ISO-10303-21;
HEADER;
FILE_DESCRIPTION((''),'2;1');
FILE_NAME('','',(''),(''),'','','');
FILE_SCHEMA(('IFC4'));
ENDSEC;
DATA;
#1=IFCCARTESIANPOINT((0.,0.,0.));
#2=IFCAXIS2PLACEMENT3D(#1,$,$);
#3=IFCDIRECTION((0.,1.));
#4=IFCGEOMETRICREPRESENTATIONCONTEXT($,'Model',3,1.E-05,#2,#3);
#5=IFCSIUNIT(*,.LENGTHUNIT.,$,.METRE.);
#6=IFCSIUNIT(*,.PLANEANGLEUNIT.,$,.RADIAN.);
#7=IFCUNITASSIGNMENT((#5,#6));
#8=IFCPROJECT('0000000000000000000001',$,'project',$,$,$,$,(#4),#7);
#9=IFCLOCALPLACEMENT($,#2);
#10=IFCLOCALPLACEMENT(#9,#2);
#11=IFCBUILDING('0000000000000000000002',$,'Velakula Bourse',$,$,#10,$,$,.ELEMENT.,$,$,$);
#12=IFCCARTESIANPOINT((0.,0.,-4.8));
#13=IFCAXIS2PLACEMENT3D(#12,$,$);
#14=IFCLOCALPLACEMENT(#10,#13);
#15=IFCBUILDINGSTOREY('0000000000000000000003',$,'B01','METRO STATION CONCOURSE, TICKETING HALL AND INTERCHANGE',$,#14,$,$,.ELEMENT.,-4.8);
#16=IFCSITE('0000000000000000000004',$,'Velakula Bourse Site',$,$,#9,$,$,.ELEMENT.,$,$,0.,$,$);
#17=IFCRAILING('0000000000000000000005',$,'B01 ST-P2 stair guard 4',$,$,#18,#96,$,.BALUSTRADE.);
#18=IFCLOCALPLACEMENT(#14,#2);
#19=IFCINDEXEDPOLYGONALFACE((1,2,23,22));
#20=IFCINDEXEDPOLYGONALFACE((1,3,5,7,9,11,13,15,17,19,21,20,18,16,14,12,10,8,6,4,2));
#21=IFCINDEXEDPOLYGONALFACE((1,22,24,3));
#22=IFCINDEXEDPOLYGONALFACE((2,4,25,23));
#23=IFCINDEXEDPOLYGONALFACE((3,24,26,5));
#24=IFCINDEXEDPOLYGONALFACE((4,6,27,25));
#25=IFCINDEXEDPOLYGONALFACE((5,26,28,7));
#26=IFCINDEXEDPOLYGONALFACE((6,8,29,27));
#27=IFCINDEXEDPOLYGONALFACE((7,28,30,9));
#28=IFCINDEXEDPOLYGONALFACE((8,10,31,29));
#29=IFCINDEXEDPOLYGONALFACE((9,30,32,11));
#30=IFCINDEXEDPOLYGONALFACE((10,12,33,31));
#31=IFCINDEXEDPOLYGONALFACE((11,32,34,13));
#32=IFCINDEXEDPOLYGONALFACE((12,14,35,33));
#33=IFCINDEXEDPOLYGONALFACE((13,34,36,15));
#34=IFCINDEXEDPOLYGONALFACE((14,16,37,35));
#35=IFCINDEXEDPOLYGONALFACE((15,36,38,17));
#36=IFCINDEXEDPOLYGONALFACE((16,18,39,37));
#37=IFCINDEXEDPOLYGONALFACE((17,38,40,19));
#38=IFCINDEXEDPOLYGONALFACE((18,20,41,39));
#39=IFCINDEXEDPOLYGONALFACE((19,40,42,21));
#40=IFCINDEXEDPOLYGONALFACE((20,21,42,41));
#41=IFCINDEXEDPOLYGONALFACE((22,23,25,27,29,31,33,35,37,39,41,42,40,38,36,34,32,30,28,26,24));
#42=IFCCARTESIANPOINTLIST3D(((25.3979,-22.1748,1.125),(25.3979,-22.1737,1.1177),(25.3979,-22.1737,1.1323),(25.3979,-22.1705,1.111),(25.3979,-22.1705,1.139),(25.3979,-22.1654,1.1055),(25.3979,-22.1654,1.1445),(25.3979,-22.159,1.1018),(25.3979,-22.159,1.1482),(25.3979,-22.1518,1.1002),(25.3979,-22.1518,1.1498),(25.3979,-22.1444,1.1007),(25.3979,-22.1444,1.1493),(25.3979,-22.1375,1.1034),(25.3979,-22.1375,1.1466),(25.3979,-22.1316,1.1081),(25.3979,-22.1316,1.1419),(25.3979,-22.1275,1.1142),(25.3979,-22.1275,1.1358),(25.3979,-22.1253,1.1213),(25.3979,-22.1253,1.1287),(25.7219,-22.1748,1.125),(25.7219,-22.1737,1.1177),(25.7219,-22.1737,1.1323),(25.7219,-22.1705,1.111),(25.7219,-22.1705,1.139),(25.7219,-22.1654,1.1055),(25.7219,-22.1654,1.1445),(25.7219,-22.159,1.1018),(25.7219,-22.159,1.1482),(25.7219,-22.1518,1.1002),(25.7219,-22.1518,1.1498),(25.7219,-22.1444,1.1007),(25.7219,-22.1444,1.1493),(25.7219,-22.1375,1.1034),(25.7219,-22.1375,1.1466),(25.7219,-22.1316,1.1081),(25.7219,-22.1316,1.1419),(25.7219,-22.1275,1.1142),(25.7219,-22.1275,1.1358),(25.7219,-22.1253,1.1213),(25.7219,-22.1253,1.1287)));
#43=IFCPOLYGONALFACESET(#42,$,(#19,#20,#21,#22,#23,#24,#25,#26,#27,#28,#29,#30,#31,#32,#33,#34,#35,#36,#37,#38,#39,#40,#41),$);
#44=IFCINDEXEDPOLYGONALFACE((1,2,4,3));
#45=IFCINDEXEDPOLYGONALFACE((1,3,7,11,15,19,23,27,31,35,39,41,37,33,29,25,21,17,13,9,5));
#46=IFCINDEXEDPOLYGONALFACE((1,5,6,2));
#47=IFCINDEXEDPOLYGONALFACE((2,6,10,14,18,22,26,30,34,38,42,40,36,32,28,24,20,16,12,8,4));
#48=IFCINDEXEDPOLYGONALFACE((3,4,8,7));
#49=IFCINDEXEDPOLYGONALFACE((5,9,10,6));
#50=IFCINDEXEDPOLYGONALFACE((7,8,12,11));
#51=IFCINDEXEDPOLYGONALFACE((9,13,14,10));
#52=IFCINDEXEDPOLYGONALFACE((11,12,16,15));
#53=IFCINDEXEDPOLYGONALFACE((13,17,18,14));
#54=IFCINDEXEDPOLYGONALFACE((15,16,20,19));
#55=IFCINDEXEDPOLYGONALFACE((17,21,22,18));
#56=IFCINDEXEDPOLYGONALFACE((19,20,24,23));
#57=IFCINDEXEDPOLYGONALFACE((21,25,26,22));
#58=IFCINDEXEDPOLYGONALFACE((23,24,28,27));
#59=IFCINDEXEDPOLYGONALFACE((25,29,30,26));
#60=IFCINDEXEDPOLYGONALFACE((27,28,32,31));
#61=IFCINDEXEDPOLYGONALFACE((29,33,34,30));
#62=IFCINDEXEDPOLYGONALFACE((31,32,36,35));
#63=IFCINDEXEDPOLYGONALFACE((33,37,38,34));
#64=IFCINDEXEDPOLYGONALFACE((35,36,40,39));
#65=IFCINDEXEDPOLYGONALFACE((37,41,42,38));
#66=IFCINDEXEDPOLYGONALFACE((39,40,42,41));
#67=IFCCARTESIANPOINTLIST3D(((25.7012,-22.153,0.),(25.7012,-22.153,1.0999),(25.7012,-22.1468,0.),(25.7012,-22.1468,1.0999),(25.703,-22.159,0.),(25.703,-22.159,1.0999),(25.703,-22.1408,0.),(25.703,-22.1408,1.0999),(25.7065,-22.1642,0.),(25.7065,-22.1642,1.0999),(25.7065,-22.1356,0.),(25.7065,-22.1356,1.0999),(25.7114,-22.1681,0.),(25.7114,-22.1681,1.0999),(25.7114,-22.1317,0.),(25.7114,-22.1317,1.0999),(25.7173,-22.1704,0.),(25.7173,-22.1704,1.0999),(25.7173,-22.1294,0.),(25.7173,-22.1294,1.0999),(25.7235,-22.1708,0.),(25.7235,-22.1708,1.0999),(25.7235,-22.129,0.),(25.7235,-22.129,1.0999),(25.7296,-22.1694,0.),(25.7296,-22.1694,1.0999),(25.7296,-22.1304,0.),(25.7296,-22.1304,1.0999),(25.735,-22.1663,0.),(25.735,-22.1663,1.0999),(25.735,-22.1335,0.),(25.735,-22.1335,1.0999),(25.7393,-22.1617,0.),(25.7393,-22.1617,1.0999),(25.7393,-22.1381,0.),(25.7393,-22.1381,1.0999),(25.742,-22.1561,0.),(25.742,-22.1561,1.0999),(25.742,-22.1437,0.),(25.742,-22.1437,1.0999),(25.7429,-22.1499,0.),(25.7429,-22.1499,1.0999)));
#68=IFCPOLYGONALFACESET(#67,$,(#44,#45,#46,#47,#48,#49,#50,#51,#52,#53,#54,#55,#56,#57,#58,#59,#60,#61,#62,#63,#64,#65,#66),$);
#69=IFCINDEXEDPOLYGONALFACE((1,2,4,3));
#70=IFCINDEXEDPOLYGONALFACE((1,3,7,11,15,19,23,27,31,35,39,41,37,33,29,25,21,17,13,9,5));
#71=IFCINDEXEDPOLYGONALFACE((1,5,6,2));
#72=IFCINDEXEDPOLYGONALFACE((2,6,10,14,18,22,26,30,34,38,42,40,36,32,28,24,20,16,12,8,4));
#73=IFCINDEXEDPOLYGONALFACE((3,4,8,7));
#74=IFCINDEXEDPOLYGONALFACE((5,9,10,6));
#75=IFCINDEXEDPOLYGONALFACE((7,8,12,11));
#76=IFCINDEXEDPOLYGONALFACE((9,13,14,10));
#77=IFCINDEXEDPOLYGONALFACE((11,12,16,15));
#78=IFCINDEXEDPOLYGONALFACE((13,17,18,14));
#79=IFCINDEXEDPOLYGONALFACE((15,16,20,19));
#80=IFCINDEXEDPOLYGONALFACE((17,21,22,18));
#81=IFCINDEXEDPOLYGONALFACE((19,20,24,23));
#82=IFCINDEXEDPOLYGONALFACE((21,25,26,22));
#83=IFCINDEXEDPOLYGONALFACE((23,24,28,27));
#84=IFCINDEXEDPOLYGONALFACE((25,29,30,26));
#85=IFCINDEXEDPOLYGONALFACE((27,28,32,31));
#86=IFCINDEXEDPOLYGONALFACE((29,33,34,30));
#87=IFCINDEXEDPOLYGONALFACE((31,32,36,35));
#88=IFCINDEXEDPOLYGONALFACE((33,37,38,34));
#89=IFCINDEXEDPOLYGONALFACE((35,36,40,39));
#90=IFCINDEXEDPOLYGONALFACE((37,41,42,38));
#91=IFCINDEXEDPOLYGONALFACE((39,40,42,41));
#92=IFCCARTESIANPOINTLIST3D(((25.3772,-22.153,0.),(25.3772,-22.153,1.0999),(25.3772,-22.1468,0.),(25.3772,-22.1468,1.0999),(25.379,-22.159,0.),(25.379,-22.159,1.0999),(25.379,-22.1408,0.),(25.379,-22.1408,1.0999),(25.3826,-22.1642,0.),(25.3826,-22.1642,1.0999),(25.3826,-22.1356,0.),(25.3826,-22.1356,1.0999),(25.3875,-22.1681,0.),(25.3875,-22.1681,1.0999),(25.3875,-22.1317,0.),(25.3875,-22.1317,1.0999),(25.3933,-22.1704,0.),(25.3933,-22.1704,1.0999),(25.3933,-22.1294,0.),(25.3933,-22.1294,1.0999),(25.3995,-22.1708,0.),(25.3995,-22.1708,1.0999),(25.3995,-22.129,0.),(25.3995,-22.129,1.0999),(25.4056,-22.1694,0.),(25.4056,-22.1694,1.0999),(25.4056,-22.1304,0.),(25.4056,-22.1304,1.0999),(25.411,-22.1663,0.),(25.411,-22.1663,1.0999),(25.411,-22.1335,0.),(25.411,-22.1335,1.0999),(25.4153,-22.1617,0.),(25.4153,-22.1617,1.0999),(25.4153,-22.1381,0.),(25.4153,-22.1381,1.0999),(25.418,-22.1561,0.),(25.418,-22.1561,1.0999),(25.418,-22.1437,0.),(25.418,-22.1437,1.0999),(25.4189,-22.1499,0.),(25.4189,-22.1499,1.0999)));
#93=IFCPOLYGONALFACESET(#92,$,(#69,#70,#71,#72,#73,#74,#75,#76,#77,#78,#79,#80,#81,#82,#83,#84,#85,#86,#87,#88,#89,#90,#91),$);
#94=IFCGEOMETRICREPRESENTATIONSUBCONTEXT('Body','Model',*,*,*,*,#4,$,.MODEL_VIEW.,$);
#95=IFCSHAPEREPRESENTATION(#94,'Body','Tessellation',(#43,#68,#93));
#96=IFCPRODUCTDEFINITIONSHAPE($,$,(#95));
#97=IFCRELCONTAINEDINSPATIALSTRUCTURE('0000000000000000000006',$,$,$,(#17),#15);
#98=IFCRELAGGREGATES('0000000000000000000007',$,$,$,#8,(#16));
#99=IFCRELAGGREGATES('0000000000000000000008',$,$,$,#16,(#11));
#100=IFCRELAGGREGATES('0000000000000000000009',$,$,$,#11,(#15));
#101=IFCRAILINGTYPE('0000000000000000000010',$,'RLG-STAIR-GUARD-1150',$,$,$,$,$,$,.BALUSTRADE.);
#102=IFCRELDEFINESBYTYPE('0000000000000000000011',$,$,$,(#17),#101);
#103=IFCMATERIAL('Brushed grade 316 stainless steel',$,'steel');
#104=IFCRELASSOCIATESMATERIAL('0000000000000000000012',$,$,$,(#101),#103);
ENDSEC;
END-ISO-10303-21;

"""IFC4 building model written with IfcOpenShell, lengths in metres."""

from ifc_helpers import new_model, si_unit, direction, frame, origin, origin_2d, place, context, subcontext, project, spatial, circle, extrude, material, type_object, element, save


model = new_model("IFC4")

# Units and contexts
model_context = context("Model", 3, precision=1e-05, world=origin(), true_north=direction((0.0, 1.0)))
body_context = subcontext(model_context, "Body", "Model", "MODEL_VIEW")
ifc_project = project(units=[si_unit("LENGTHUNIT", "METRE"), si_unit("PLANEANGLEUNIT", "RADIAN")], contexts=[model_context])

# Site, building, storey
site_placement = place(None, origin())
site = spatial("IfcSite", under=ifc_project, at=site_placement, Name="Velakula Bourse Site", CompositionType="ELEMENT", RefElevation=0.0)
building_placement = place(site_placement, origin())
building = spatial("IfcBuilding", under=site, at=building_placement, Name="Velakula Bourse", CompositionType="ELEMENT")
storey_placement = place(building_placement, frame((0.0, 0.0, -4.8)))
storey = spatial("IfcBuildingStorey", under=building, at=storey_placement, Name="B01", Description="METRO STATION CONCOURSE, TICKETING HALL AND INTERCHANGE", CompositionType="ELEMENT", Elevation=-4.8)

# Railing
ifc_material_1 = material(Name="Brushed grade 316 stainless steel", Category="steel")
railing_type_1 = type_object("IfcRailingType", Name="RLG-STAIR-GUARD-1150", PredefinedType="BALUSTRADE", material=ifc_material_1)
railing_1_placement = place(storey_placement, frame((25.7219, -22.1499, 0.0)))
element("IfcRailing", 1, at=railing_1_placement, inside=storey, type_object=railing_type_1, Name="B01 ST-P2 stair guard 4", PredefinedType="BALUSTRADE", context=body_context, shape_type="SweptSolid", body=[
    extrude(circle(Radius=0.0249, at=origin_2d()), frame((0.0, 0.0, 1.125), z_axis=(-1.0, 0.0, 0.0), x_axis=(0.0, -1.0, 0.0)), (0.0, 0.0, 1.0), 0.324),
    extrude(circle(Radius=0.021, at=origin_2d()), origin(), (0.0, 0.0, 1.0), 1.0999),
    extrude(circle(Radius=0.021, at=origin_2d()), frame((-0.324, 0.0, 0.0)), (0.0, 0.0, 1.0), 1.0999),
])

save(model, "model.ifc")
